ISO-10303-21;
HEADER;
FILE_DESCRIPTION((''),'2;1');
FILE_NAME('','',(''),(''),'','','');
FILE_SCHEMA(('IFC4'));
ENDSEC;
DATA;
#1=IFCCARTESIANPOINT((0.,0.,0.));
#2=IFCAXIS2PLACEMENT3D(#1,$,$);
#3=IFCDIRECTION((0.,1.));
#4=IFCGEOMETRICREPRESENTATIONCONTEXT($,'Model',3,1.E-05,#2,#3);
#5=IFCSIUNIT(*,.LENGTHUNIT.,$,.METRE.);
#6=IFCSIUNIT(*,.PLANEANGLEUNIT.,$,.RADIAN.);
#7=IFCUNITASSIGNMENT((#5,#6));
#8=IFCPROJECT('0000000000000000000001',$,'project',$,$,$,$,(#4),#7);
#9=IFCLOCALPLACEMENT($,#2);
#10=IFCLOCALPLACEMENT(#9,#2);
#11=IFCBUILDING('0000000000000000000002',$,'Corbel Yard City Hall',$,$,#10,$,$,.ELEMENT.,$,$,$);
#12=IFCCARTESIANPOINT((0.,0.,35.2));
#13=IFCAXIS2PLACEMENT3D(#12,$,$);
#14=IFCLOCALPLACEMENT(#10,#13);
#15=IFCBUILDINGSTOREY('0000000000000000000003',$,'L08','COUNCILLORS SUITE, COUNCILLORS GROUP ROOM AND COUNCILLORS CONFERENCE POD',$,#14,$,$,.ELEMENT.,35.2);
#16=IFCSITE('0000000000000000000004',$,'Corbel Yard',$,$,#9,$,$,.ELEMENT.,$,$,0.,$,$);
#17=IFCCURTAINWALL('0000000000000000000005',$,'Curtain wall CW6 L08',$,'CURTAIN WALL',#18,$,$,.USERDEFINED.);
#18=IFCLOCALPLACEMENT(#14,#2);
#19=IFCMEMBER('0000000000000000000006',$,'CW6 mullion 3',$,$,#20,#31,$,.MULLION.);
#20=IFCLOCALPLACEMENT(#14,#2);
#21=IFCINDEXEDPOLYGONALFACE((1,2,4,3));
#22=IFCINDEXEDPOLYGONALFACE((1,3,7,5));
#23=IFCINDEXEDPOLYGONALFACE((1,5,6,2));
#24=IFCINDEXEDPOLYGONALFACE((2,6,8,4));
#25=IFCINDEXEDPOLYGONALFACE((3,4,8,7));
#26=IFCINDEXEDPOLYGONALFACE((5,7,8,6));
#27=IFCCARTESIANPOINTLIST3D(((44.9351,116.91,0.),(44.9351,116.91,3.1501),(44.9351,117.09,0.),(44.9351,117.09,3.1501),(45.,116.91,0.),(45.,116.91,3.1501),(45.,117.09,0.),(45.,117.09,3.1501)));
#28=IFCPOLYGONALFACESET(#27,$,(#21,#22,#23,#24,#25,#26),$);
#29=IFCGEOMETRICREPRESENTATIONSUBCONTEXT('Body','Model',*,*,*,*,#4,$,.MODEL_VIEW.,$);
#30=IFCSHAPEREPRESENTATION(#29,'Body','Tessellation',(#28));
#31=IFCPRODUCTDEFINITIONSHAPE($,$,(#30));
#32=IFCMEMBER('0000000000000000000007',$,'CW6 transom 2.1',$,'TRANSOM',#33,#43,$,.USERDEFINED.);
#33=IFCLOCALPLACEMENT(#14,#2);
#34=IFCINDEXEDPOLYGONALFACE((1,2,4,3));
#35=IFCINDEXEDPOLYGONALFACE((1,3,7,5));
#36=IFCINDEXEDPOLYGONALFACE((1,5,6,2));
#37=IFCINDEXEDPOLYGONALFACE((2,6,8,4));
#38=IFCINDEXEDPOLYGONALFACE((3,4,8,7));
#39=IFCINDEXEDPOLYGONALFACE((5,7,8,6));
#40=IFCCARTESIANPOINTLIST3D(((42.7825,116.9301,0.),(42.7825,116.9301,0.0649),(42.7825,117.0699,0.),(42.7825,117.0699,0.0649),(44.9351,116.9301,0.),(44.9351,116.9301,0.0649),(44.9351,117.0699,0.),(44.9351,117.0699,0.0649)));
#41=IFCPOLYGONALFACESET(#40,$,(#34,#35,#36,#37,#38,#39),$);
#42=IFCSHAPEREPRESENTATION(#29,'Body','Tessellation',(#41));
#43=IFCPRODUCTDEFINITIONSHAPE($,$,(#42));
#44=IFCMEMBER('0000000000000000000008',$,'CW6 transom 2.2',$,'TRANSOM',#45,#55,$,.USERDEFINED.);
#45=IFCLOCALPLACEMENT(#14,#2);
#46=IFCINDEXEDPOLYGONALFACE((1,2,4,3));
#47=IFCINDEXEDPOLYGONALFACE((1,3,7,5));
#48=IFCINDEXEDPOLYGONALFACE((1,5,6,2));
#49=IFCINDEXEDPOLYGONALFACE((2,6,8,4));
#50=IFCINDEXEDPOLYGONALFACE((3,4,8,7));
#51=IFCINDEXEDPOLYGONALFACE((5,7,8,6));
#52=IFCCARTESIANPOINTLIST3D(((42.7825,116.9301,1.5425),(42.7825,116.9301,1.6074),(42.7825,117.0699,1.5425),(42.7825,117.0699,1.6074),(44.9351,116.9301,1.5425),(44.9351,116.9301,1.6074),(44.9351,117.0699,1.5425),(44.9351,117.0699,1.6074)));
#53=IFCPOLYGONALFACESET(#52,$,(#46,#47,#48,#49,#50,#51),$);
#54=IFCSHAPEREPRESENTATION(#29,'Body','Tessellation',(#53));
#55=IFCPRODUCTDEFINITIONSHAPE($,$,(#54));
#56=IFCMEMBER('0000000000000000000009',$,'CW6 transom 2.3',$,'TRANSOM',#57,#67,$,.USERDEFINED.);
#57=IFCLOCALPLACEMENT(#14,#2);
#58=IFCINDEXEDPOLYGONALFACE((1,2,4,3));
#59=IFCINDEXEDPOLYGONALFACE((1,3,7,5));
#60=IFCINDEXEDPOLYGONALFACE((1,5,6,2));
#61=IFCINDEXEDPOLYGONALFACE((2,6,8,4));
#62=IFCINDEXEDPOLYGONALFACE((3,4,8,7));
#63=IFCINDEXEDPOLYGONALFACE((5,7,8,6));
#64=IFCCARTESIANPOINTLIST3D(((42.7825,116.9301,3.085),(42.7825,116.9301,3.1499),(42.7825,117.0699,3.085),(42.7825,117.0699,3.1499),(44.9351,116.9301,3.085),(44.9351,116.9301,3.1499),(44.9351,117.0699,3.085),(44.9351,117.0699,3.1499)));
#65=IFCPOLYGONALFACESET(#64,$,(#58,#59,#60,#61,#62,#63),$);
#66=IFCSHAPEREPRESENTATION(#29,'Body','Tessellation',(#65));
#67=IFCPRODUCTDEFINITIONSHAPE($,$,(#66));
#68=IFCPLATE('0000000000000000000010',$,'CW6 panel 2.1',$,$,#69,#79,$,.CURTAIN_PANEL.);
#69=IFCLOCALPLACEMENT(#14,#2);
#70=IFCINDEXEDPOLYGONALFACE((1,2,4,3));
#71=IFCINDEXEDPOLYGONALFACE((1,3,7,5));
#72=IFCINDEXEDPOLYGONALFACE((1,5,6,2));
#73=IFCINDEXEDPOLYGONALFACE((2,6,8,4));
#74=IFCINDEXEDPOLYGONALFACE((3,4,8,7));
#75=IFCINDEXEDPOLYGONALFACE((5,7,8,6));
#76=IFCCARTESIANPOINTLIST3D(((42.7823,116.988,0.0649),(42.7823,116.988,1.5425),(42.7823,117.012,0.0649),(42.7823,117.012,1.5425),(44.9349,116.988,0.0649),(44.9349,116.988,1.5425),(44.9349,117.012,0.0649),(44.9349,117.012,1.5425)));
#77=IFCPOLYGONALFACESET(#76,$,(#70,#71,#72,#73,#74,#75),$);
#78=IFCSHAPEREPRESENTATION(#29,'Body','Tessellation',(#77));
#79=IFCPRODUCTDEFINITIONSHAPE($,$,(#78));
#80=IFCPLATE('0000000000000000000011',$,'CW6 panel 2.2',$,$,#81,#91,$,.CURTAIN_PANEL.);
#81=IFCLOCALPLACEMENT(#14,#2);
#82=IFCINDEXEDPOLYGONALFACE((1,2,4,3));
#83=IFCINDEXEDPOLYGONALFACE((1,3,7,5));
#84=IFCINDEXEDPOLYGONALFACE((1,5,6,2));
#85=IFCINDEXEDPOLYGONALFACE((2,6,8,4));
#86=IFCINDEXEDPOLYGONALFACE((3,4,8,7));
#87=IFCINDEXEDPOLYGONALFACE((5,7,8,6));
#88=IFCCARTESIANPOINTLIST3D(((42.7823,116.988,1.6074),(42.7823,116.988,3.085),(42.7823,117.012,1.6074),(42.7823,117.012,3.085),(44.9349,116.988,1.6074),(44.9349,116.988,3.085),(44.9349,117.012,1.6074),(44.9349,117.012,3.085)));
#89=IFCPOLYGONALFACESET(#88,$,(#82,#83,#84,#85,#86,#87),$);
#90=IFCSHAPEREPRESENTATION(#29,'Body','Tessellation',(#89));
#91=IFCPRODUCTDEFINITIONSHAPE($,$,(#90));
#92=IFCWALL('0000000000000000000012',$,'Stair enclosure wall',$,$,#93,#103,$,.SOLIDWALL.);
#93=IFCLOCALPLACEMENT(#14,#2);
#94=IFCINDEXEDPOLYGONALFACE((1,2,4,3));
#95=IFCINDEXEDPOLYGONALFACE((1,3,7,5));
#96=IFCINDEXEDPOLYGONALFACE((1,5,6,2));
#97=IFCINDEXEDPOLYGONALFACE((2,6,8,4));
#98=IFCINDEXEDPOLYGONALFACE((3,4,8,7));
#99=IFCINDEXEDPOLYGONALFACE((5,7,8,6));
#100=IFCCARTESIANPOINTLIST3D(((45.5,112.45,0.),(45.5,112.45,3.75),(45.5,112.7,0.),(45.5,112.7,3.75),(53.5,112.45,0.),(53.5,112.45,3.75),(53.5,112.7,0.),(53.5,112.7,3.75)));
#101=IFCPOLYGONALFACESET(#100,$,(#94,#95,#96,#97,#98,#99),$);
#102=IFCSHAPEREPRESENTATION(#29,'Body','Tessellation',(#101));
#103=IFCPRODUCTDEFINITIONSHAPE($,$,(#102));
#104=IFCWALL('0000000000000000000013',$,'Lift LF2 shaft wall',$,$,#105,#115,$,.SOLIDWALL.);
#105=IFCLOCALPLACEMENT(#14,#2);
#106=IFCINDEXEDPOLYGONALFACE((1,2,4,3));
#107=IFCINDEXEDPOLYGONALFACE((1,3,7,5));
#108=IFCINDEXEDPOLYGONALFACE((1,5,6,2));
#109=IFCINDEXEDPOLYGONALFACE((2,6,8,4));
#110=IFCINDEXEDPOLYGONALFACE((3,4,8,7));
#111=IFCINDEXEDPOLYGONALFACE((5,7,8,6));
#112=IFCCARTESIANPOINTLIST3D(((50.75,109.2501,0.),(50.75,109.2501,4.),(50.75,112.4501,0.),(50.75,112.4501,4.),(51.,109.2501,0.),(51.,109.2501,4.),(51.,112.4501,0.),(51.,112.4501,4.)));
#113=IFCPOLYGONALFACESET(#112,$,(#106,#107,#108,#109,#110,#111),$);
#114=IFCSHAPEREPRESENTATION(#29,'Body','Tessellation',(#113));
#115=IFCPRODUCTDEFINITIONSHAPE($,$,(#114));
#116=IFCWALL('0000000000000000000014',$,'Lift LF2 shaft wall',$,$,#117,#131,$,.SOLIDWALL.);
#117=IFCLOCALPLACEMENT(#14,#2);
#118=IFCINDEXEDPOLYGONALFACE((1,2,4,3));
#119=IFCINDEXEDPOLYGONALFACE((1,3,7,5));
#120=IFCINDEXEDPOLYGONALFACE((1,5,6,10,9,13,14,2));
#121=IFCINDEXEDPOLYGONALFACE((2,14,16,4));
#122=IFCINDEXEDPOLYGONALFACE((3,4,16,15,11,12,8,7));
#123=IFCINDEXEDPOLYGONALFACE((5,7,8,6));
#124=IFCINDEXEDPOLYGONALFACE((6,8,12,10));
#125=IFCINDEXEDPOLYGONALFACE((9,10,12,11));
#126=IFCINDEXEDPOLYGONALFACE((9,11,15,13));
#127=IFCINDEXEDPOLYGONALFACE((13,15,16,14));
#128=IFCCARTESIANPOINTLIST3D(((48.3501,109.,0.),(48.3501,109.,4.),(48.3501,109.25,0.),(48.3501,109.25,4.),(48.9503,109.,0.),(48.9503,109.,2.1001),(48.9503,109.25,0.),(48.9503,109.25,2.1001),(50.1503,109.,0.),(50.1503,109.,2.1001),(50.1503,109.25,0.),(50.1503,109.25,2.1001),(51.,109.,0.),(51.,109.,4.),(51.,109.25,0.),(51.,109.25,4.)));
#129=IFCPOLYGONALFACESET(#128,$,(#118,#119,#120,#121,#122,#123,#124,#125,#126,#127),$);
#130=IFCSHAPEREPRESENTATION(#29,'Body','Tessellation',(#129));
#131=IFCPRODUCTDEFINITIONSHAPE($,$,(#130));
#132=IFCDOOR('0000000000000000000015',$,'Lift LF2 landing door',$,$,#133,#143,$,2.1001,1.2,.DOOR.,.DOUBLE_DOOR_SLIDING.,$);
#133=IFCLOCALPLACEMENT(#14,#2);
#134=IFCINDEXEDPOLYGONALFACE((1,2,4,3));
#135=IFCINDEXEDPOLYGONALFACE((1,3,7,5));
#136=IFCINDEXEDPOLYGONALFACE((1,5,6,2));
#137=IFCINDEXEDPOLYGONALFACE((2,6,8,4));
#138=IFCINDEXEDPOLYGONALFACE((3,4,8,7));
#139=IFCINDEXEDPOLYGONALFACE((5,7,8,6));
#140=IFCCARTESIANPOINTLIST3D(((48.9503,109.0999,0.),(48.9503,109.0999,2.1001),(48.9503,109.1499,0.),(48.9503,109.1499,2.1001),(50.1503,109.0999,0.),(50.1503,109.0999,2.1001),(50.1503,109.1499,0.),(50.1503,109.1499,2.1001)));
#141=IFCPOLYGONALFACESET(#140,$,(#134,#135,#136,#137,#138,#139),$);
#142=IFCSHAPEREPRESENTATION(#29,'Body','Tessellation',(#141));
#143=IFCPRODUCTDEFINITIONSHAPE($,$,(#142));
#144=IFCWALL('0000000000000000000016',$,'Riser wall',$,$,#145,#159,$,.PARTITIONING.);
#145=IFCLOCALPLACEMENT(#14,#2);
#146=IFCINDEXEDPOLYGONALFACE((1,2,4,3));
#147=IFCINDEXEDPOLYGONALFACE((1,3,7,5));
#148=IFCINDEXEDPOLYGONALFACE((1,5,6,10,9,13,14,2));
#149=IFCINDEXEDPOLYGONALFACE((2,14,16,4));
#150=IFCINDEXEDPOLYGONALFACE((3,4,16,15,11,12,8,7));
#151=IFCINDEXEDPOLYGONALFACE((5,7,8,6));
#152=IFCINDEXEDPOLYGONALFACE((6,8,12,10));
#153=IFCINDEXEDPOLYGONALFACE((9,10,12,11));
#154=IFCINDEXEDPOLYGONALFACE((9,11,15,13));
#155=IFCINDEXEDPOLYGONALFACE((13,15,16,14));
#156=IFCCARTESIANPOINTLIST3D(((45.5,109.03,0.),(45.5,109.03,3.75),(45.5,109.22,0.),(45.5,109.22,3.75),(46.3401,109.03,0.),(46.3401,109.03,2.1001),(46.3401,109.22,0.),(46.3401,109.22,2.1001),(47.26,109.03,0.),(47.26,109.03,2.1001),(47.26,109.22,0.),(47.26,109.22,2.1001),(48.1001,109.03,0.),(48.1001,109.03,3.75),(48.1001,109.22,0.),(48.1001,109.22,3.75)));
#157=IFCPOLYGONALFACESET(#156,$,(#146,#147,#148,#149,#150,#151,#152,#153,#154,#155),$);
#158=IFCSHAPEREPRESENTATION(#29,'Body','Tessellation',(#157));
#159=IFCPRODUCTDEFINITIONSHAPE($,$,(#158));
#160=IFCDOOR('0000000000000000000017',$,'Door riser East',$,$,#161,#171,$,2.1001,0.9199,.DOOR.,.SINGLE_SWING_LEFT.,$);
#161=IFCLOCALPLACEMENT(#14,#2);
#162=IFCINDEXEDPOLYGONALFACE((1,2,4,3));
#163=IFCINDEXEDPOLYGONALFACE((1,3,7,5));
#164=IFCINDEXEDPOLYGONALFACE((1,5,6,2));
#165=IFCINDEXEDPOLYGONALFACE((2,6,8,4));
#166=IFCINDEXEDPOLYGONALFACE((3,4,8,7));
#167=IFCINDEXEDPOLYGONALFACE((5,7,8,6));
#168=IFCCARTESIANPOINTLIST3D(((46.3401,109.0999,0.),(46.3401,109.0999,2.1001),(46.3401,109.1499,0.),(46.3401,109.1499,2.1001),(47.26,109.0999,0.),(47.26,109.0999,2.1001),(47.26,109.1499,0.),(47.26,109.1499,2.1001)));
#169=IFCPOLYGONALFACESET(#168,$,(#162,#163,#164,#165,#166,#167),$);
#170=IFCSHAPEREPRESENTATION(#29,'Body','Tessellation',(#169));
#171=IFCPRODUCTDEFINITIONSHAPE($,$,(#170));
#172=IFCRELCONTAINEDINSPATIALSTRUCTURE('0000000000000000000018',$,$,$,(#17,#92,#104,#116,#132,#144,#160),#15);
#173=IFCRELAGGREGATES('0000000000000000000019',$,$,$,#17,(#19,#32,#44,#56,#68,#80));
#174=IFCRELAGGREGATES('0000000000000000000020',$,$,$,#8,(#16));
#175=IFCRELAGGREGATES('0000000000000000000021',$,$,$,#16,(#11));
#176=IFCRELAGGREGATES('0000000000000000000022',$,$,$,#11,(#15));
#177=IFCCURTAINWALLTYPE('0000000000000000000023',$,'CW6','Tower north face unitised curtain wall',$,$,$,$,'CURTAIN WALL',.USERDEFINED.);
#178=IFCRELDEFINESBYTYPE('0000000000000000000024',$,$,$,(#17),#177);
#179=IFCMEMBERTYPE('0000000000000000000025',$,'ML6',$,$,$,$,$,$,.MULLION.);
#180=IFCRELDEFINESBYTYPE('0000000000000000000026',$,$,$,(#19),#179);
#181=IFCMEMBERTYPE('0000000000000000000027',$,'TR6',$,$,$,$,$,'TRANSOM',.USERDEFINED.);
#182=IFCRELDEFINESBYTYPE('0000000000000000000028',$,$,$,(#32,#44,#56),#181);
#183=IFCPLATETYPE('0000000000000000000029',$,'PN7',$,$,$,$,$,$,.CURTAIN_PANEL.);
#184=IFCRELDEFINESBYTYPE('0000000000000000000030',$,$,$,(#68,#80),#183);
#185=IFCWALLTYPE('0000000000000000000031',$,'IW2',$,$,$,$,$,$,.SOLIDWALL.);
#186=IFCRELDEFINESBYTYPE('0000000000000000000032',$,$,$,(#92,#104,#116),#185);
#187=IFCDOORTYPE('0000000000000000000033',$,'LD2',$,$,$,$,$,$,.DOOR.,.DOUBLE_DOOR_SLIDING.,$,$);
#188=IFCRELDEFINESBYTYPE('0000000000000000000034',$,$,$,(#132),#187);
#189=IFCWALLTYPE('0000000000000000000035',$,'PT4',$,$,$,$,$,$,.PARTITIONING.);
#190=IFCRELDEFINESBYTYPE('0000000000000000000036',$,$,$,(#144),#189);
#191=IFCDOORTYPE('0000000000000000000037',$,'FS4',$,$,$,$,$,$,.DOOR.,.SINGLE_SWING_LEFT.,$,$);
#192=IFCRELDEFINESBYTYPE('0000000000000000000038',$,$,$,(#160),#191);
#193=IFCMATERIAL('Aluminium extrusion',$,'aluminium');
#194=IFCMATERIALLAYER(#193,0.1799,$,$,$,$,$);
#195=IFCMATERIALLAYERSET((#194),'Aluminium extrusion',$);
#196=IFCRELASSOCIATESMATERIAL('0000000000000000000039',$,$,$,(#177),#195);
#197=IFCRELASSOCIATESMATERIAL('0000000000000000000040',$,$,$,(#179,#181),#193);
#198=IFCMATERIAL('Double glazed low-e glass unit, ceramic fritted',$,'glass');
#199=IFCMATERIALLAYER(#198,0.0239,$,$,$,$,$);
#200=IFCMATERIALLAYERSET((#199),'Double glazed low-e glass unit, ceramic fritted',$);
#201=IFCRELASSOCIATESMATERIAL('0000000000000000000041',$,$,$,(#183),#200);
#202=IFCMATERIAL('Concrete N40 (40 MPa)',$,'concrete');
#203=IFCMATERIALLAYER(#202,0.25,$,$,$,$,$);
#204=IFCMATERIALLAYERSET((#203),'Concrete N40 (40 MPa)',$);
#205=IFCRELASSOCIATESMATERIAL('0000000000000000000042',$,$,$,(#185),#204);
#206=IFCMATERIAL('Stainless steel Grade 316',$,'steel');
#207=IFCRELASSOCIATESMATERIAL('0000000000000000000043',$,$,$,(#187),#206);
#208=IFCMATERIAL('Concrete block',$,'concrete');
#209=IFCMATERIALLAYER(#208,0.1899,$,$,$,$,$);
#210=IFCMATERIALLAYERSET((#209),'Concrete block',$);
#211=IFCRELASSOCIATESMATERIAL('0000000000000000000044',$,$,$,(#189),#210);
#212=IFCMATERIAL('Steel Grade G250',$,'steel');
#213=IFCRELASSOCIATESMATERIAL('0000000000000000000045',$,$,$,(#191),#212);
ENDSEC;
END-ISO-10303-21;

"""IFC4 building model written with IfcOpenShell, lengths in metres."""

from ifc_helpers import new_model, si_unit, direction, frame, frame_2d, origin, origin_2d, place, context, subcontext, project, spatial, rectangle, extrude, material, layer, layer_set, material_profile, profile_set, type_object, element, fill, aggregate, save


model = new_model("IFC4")

# Units and contexts
model_context = context("Model", 3, precision=1e-05, world=origin(), true_north=direction((0.0, 1.0)))
body_context = subcontext(model_context, "Body", "Model", "MODEL_VIEW")
ifc_project = project(units=[si_unit("LENGTHUNIT", "METRE"), si_unit("PLANEANGLEUNIT", "RADIAN")], contexts=[model_context])

# Site, building, storey
site_placement = place(None, origin())
site = spatial("IfcSite", under=ifc_project, at=site_placement, Name="Corbel Yard", CompositionType="ELEMENT", RefElevation=0.0)
building_placement = place(site_placement, origin())
building = spatial("IfcBuilding", under=site, at=building_placement, Name="Corbel Yard City Hall", CompositionType="ELEMENT")
storey_placement = place(building_placement, frame((0.0, 0.0, 35.2)))
storey = spatial("IfcBuildingStorey", under=building, at=storey_placement, Name="L08", Description="COUNCILLORS SUITE, COUNCILLORS GROUP ROOM AND COUNCILLORS CONFERENCE POD", CompositionType="ELEMENT", Elevation=35.2)

# Curtain wall, members, plates
ifc_material_1 = material(Name="Aluminium extrusion", Category="aluminium")
ifc_layer_1 = layer(ifc_material_1, 0.1799)
ifc_layer_set_1 = layer_set([ifc_layer_1], Name="Aluminium extrusion")
curtain_wall_type = type_object("IfcCurtainWallType", Name="CW6", Description="Tower north face unitised curtain wall", ElementType="CURTAIN WALL", PredefinedType="USERDEFINED", material=ifc_layer_set_1)
curtain_wall_placement = place(storey_placement, origin())
curtain_wall = element("IfcCurtainWall", 1, at=curtain_wall_placement, inside=storey, type_object=curtain_wall_type, Name="Curtain wall CW6 L08", ObjectType="CURTAIN WALL", PredefinedType="USERDEFINED")
ifc_material_profile_1 = material_profile(ifc_material_1, rectangle(XDim=0.1799, YDim=0.0649, at=origin_2d()), Name="180x65")
ifc_profile_set_1 = profile_set([ifc_material_profile_1], Name="Aluminium extrusion")
member_type_1 = type_object("IfcMemberType", Name="ML6", PredefinedType="MULLION", material=ifc_profile_set_1)
member_1_placement = place(storey_placement, frame((44.9675, 117.0, 0.0), z_axis=(0.0, 0.0, 1.0), x_axis=(0.0, 1.0, 0.0)))
member_1 = element("IfcMember", 2, at=member_1_placement, type_object=member_type_1, Name="CW6 mullion 3", PredefinedType="MULLION", context=body_context, shape_type="SweptSolid", body=[
    extrude(rectangle(XDim=0.1799, YDim=0.0649, at=origin_2d()), origin(), (0.0, 0.0, 1.0), 3.1501),
])
ifc_material_profile_2 = material_profile(ifc_material_1, rectangle(XDim=0.1399, YDim=0.0649, at=origin_2d()), Name="140x65")
ifc_profile_set_2 = profile_set([ifc_material_profile_2], Name="Aluminium extrusion")
member_type_2 = type_object("IfcMemberType", Name="TR6", ElementType="TRANSOM", PredefinedType="USERDEFINED", material=ifc_profile_set_2)
member_2_placement = place(storey_placement, frame((42.7825, 117.0, 0.0325), z_axis=(1.0, 0.0, 0.0), x_axis=(0.0, 1.0, 0.0)))
member_2 = element("IfcMember", 3, at=member_2_placement, type_object=member_type_2, Name="CW6 transom 2.1", ObjectType="TRANSOM", PredefinedType="USERDEFINED", context=body_context, shape_type="SweptSolid", body=[
    extrude(rectangle(XDim=0.1399, YDim=0.0649, at=origin_2d()), origin(), (0.0, 0.0, 1.0), 2.1526),
])
member_3_placement = place(storey_placement, frame((42.7825, 117.0, 1.575), z_axis=(1.0, 0.0, 0.0), x_axis=(0.0, 1.0, 0.0)))
member_3 = element("IfcMember", 4, at=member_3_placement, type_object=member_type_2, Name="CW6 transom 2.2", ObjectType="TRANSOM", PredefinedType="USERDEFINED", context=body_context, shape_type="SweptSolid", body=[
    extrude(rectangle(XDim=0.1399, YDim=0.0649, at=origin_2d()), origin(), (0.0, 0.0, 1.0), 2.1526),
])
member_4_placement = place(storey_placement, frame((42.7825, 117.0, 3.1174), z_axis=(1.0, 0.0, 0.0), x_axis=(0.0, 1.0, 0.0)))
member_4 = element("IfcMember", 5, at=member_4_placement, type_object=member_type_2, Name="CW6 transom 2.3", ObjectType="TRANSOM", PredefinedType="USERDEFINED", context=body_context, shape_type="SweptSolid", body=[
    extrude(rectangle(XDim=0.1399, YDim=0.0649, at=origin_2d()), origin(), (0.0, 0.0, 1.0), 2.1526),
])
ifc_material_2 = material(Name="Double glazed low-e glass unit, ceramic fritted", Category="glass")
ifc_layer_2 = layer(ifc_material_2, 0.0239)
ifc_layer_set_2 = layer_set([ifc_layer_2], Name="Double glazed low-e glass unit, ceramic fritted")
plate_type = type_object("IfcPlateType", Name="PN7", PredefinedType="CURTAIN_PANEL", material=ifc_layer_set_2)
plate_1_placement = place(storey_placement, frame((43.8586, 117.0, 0.0649), z_axis=(0.0, 0.0, 1.0), x_axis=(1.0, 0.0, 0.0)))
plate_1 = element("IfcPlate", 6, at=plate_1_placement, type_object=plate_type, Name="CW6 panel 2.1", PredefinedType="CURTAIN_PANEL", context=body_context, shape_type="SweptSolid", body=[
    extrude(rectangle(XDim=2.1526, YDim=0.0239, at=origin_2d()), origin(), (0.0, 0.0, 1.0), 1.4775),
])
plate_2_placement = place(storey_placement, frame((43.8586, 117.0, 1.6074), z_axis=(0.0, 0.0, 1.0), x_axis=(1.0, 0.0, 0.0)))
plate_2 = element("IfcPlate", 7, at=plate_2_placement, type_object=plate_type, Name="CW6 panel 2.2", PredefinedType="CURTAIN_PANEL", context=body_context, shape_type="SweptSolid", body=[
    extrude(rectangle(XDim=2.1526, YDim=0.0239, at=origin_2d()), origin(), (0.0, 0.0, 1.0), 1.4775),
])
aggregate(curtain_wall, [member_1, member_2, member_3, member_4, plate_1, plate_2])

# Walls
ifc_material_3 = material(Name="Concrete N40 (40 MPa)", Category="concrete")
ifc_layer_3 = layer(ifc_material_3, 0.25)
ifc_layer_set_3 = layer_set([ifc_layer_3], Name="Concrete N40 (40 MPa)")
wall_type_1 = type_object("IfcWallType", Name="IW2", PredefinedType="SOLIDWALL", material=ifc_layer_set_3)
wall_1_placement = place(storey_placement, frame((45.5, 112.575, 0.0), z_axis=(0.0, 0.0, 1.0), x_axis=(1.0, 0.0, 0.0)))
element("IfcWall", 8, at=wall_1_placement, inside=storey, type_object=wall_type_1, Name="Stair enclosure wall", PredefinedType="SOLIDWALL", context=body_context, shape_type="SweptSolid", body=[
    extrude(rectangle(XDim=8.0, YDim=0.25, at=frame_2d((4.0, 0.0))), origin(), (0.0, 0.0, 1.0), 3.75),
])
wall_2_placement = place(storey_placement, frame((50.875, 109.25, 0.0), z_axis=(0.0, 0.0, 1.0), x_axis=(0.0, 1.0, 0.0)))
element("IfcWall", 9, at=wall_2_placement, inside=storey, type_object=wall_type_1, Name="Lift LF2 shaft wall", PredefinedType="SOLIDWALL", context=body_context, shape_type="SweptSolid", body=[
    extrude(rectangle(XDim=3.2, YDim=0.25, at=frame_2d((1.6001, 0.0))), origin(), (0.0, 0.0, 1.0), 4.0),
])

# Walls, openings, doors
wall_3_placement = place(storey_placement, frame((48.3501, 109.125, 0.0), z_axis=(0.0, 0.0, 1.0), x_axis=(1.0, 0.0, 0.0)))
wall_3 = element("IfcWall", 10, at=wall_3_placement, inside=storey, type_object=wall_type_1, Name="Lift LF2 shaft wall", PredefinedType="SOLIDWALL", context=body_context, shape_type="SweptSolid", body=[
    extrude(rectangle(XDim=2.6499, YDim=0.25, at=frame_2d((1.325, 0.0))), origin(), (0.0, 0.0, 1.0), 4.0),
])
opening_1_placement = place(wall_3_placement, frame((0.6001, 0.0, 0.0)))
opening_1 = element("IfcOpeningElement", 11, at=opening_1_placement, cuts=wall_3, PredefinedType="OPENING", context=body_context, shape_type="SweptSolid", body=[
    extrude(rectangle(XDim=1.2, YDim=2.1001, at=frame_2d((0.6001, 1.05))), frame((0.0, 0.135, 0.0), z_axis=(0.0, -1.0, 0.0), x_axis=(1.0, 0.0, 0.0)), (0.0, 0.0, 1.0), 0.27),
])
ifc_material_4 = material(Name="Stainless steel Grade 316", Category="steel")
door_type_1 = type_object("IfcDoorType", Name="LD2", OperationType="DOUBLE_DOOR_SLIDING", PredefinedType="DOOR", material=ifc_material_4)
door_1_placement = place(opening_1_placement, origin())
door_1 = element("IfcDoor", 12, at=door_1_placement, inside=storey, type_object=door_type_1, Name="Lift LF2 landing door", OperationType="DOUBLE_DOOR_SLIDING", OverallHeight=2.1001, OverallWidth=1.2, PredefinedType="DOOR", context=body_context, shape_type="SweptSolid", body=[
    extrude(rectangle(XDim=1.2, YDim=2.1001, at=frame_2d((0.6001, 1.05))), frame((0.0, 0.0249, 0.0), z_axis=(0.0, -1.0, 0.0), x_axis=(1.0, 0.0, 0.0)), (0.0, 0.0, 1.0), 0.05),
])
fill(opening_1, door_1)
ifc_material_5 = material(Name="Concrete block", Category="concrete")
ifc_layer_4 = layer(ifc_material_5, 0.1899)
ifc_layer_set_4 = layer_set([ifc_layer_4], Name="Concrete block")
wall_type_2 = type_object("IfcWallType", Name="PT4", PredefinedType="PARTITIONING", material=ifc_layer_set_4)
wall_4_placement = place(storey_placement, frame((45.5, 109.125, 0.0), z_axis=(0.0, 0.0, 1.0), x_axis=(1.0, 0.0, 0.0)))
wall_4 = element("IfcWall", 13, at=wall_4_placement, inside=storey, type_object=wall_type_2, Name="Riser wall", PredefinedType="PARTITIONING", context=body_context, shape_type="SweptSolid", body=[
    extrude(rectangle(XDim=2.6001, YDim=0.1899, at=frame_2d((1.3, 0.0))), origin(), (0.0, 0.0, 1.0), 3.75),
])
opening_2_placement = place(wall_4_placement, frame((0.8401, 0.0, 0.0)))
opening_2 = element("IfcOpeningElement", 14, at=opening_2_placement, cuts=wall_4, PredefinedType="OPENING", context=body_context, shape_type="SweptSolid", body=[
    extrude(rectangle(XDim=0.9199, YDim=2.1001, at=frame_2d((0.46, 1.05))), frame((0.0, 0.105, 0.0), z_axis=(0.0, -1.0, 0.0), x_axis=(1.0, 0.0, 0.0)), (0.0, 0.0, 1.0), 0.21),
])
ifc_material_6 = material(Name="Steel Grade G250", Category="steel")
door_type_2 = type_object("IfcDoorType", Name="FS4", OperationType="SINGLE_SWING_LEFT", PredefinedType="DOOR", material=ifc_material_6)
door_2_placement = place(opening_2_placement, origin())
door_2 = element("IfcDoor", 15, at=door_2_placement, inside=storey, type_object=door_type_2, Name="Door riser East", OperationType="SINGLE_SWING_LEFT", OverallHeight=2.1001, OverallWidth=0.9199, PredefinedType="DOOR", context=body_context, shape_type="SweptSolid", body=[
    extrude(rectangle(XDim=0.9199, YDim=2.1001, at=frame_2d((0.46, 1.05))), frame((0.0, 0.0249, 0.0), z_axis=(0.0, -1.0, 0.0), x_axis=(1.0, 0.0, 0.0)), (0.0, 0.0, 1.0), 0.05),
])
fill(opening_2, door_2)

save(model, "model.ifc")
